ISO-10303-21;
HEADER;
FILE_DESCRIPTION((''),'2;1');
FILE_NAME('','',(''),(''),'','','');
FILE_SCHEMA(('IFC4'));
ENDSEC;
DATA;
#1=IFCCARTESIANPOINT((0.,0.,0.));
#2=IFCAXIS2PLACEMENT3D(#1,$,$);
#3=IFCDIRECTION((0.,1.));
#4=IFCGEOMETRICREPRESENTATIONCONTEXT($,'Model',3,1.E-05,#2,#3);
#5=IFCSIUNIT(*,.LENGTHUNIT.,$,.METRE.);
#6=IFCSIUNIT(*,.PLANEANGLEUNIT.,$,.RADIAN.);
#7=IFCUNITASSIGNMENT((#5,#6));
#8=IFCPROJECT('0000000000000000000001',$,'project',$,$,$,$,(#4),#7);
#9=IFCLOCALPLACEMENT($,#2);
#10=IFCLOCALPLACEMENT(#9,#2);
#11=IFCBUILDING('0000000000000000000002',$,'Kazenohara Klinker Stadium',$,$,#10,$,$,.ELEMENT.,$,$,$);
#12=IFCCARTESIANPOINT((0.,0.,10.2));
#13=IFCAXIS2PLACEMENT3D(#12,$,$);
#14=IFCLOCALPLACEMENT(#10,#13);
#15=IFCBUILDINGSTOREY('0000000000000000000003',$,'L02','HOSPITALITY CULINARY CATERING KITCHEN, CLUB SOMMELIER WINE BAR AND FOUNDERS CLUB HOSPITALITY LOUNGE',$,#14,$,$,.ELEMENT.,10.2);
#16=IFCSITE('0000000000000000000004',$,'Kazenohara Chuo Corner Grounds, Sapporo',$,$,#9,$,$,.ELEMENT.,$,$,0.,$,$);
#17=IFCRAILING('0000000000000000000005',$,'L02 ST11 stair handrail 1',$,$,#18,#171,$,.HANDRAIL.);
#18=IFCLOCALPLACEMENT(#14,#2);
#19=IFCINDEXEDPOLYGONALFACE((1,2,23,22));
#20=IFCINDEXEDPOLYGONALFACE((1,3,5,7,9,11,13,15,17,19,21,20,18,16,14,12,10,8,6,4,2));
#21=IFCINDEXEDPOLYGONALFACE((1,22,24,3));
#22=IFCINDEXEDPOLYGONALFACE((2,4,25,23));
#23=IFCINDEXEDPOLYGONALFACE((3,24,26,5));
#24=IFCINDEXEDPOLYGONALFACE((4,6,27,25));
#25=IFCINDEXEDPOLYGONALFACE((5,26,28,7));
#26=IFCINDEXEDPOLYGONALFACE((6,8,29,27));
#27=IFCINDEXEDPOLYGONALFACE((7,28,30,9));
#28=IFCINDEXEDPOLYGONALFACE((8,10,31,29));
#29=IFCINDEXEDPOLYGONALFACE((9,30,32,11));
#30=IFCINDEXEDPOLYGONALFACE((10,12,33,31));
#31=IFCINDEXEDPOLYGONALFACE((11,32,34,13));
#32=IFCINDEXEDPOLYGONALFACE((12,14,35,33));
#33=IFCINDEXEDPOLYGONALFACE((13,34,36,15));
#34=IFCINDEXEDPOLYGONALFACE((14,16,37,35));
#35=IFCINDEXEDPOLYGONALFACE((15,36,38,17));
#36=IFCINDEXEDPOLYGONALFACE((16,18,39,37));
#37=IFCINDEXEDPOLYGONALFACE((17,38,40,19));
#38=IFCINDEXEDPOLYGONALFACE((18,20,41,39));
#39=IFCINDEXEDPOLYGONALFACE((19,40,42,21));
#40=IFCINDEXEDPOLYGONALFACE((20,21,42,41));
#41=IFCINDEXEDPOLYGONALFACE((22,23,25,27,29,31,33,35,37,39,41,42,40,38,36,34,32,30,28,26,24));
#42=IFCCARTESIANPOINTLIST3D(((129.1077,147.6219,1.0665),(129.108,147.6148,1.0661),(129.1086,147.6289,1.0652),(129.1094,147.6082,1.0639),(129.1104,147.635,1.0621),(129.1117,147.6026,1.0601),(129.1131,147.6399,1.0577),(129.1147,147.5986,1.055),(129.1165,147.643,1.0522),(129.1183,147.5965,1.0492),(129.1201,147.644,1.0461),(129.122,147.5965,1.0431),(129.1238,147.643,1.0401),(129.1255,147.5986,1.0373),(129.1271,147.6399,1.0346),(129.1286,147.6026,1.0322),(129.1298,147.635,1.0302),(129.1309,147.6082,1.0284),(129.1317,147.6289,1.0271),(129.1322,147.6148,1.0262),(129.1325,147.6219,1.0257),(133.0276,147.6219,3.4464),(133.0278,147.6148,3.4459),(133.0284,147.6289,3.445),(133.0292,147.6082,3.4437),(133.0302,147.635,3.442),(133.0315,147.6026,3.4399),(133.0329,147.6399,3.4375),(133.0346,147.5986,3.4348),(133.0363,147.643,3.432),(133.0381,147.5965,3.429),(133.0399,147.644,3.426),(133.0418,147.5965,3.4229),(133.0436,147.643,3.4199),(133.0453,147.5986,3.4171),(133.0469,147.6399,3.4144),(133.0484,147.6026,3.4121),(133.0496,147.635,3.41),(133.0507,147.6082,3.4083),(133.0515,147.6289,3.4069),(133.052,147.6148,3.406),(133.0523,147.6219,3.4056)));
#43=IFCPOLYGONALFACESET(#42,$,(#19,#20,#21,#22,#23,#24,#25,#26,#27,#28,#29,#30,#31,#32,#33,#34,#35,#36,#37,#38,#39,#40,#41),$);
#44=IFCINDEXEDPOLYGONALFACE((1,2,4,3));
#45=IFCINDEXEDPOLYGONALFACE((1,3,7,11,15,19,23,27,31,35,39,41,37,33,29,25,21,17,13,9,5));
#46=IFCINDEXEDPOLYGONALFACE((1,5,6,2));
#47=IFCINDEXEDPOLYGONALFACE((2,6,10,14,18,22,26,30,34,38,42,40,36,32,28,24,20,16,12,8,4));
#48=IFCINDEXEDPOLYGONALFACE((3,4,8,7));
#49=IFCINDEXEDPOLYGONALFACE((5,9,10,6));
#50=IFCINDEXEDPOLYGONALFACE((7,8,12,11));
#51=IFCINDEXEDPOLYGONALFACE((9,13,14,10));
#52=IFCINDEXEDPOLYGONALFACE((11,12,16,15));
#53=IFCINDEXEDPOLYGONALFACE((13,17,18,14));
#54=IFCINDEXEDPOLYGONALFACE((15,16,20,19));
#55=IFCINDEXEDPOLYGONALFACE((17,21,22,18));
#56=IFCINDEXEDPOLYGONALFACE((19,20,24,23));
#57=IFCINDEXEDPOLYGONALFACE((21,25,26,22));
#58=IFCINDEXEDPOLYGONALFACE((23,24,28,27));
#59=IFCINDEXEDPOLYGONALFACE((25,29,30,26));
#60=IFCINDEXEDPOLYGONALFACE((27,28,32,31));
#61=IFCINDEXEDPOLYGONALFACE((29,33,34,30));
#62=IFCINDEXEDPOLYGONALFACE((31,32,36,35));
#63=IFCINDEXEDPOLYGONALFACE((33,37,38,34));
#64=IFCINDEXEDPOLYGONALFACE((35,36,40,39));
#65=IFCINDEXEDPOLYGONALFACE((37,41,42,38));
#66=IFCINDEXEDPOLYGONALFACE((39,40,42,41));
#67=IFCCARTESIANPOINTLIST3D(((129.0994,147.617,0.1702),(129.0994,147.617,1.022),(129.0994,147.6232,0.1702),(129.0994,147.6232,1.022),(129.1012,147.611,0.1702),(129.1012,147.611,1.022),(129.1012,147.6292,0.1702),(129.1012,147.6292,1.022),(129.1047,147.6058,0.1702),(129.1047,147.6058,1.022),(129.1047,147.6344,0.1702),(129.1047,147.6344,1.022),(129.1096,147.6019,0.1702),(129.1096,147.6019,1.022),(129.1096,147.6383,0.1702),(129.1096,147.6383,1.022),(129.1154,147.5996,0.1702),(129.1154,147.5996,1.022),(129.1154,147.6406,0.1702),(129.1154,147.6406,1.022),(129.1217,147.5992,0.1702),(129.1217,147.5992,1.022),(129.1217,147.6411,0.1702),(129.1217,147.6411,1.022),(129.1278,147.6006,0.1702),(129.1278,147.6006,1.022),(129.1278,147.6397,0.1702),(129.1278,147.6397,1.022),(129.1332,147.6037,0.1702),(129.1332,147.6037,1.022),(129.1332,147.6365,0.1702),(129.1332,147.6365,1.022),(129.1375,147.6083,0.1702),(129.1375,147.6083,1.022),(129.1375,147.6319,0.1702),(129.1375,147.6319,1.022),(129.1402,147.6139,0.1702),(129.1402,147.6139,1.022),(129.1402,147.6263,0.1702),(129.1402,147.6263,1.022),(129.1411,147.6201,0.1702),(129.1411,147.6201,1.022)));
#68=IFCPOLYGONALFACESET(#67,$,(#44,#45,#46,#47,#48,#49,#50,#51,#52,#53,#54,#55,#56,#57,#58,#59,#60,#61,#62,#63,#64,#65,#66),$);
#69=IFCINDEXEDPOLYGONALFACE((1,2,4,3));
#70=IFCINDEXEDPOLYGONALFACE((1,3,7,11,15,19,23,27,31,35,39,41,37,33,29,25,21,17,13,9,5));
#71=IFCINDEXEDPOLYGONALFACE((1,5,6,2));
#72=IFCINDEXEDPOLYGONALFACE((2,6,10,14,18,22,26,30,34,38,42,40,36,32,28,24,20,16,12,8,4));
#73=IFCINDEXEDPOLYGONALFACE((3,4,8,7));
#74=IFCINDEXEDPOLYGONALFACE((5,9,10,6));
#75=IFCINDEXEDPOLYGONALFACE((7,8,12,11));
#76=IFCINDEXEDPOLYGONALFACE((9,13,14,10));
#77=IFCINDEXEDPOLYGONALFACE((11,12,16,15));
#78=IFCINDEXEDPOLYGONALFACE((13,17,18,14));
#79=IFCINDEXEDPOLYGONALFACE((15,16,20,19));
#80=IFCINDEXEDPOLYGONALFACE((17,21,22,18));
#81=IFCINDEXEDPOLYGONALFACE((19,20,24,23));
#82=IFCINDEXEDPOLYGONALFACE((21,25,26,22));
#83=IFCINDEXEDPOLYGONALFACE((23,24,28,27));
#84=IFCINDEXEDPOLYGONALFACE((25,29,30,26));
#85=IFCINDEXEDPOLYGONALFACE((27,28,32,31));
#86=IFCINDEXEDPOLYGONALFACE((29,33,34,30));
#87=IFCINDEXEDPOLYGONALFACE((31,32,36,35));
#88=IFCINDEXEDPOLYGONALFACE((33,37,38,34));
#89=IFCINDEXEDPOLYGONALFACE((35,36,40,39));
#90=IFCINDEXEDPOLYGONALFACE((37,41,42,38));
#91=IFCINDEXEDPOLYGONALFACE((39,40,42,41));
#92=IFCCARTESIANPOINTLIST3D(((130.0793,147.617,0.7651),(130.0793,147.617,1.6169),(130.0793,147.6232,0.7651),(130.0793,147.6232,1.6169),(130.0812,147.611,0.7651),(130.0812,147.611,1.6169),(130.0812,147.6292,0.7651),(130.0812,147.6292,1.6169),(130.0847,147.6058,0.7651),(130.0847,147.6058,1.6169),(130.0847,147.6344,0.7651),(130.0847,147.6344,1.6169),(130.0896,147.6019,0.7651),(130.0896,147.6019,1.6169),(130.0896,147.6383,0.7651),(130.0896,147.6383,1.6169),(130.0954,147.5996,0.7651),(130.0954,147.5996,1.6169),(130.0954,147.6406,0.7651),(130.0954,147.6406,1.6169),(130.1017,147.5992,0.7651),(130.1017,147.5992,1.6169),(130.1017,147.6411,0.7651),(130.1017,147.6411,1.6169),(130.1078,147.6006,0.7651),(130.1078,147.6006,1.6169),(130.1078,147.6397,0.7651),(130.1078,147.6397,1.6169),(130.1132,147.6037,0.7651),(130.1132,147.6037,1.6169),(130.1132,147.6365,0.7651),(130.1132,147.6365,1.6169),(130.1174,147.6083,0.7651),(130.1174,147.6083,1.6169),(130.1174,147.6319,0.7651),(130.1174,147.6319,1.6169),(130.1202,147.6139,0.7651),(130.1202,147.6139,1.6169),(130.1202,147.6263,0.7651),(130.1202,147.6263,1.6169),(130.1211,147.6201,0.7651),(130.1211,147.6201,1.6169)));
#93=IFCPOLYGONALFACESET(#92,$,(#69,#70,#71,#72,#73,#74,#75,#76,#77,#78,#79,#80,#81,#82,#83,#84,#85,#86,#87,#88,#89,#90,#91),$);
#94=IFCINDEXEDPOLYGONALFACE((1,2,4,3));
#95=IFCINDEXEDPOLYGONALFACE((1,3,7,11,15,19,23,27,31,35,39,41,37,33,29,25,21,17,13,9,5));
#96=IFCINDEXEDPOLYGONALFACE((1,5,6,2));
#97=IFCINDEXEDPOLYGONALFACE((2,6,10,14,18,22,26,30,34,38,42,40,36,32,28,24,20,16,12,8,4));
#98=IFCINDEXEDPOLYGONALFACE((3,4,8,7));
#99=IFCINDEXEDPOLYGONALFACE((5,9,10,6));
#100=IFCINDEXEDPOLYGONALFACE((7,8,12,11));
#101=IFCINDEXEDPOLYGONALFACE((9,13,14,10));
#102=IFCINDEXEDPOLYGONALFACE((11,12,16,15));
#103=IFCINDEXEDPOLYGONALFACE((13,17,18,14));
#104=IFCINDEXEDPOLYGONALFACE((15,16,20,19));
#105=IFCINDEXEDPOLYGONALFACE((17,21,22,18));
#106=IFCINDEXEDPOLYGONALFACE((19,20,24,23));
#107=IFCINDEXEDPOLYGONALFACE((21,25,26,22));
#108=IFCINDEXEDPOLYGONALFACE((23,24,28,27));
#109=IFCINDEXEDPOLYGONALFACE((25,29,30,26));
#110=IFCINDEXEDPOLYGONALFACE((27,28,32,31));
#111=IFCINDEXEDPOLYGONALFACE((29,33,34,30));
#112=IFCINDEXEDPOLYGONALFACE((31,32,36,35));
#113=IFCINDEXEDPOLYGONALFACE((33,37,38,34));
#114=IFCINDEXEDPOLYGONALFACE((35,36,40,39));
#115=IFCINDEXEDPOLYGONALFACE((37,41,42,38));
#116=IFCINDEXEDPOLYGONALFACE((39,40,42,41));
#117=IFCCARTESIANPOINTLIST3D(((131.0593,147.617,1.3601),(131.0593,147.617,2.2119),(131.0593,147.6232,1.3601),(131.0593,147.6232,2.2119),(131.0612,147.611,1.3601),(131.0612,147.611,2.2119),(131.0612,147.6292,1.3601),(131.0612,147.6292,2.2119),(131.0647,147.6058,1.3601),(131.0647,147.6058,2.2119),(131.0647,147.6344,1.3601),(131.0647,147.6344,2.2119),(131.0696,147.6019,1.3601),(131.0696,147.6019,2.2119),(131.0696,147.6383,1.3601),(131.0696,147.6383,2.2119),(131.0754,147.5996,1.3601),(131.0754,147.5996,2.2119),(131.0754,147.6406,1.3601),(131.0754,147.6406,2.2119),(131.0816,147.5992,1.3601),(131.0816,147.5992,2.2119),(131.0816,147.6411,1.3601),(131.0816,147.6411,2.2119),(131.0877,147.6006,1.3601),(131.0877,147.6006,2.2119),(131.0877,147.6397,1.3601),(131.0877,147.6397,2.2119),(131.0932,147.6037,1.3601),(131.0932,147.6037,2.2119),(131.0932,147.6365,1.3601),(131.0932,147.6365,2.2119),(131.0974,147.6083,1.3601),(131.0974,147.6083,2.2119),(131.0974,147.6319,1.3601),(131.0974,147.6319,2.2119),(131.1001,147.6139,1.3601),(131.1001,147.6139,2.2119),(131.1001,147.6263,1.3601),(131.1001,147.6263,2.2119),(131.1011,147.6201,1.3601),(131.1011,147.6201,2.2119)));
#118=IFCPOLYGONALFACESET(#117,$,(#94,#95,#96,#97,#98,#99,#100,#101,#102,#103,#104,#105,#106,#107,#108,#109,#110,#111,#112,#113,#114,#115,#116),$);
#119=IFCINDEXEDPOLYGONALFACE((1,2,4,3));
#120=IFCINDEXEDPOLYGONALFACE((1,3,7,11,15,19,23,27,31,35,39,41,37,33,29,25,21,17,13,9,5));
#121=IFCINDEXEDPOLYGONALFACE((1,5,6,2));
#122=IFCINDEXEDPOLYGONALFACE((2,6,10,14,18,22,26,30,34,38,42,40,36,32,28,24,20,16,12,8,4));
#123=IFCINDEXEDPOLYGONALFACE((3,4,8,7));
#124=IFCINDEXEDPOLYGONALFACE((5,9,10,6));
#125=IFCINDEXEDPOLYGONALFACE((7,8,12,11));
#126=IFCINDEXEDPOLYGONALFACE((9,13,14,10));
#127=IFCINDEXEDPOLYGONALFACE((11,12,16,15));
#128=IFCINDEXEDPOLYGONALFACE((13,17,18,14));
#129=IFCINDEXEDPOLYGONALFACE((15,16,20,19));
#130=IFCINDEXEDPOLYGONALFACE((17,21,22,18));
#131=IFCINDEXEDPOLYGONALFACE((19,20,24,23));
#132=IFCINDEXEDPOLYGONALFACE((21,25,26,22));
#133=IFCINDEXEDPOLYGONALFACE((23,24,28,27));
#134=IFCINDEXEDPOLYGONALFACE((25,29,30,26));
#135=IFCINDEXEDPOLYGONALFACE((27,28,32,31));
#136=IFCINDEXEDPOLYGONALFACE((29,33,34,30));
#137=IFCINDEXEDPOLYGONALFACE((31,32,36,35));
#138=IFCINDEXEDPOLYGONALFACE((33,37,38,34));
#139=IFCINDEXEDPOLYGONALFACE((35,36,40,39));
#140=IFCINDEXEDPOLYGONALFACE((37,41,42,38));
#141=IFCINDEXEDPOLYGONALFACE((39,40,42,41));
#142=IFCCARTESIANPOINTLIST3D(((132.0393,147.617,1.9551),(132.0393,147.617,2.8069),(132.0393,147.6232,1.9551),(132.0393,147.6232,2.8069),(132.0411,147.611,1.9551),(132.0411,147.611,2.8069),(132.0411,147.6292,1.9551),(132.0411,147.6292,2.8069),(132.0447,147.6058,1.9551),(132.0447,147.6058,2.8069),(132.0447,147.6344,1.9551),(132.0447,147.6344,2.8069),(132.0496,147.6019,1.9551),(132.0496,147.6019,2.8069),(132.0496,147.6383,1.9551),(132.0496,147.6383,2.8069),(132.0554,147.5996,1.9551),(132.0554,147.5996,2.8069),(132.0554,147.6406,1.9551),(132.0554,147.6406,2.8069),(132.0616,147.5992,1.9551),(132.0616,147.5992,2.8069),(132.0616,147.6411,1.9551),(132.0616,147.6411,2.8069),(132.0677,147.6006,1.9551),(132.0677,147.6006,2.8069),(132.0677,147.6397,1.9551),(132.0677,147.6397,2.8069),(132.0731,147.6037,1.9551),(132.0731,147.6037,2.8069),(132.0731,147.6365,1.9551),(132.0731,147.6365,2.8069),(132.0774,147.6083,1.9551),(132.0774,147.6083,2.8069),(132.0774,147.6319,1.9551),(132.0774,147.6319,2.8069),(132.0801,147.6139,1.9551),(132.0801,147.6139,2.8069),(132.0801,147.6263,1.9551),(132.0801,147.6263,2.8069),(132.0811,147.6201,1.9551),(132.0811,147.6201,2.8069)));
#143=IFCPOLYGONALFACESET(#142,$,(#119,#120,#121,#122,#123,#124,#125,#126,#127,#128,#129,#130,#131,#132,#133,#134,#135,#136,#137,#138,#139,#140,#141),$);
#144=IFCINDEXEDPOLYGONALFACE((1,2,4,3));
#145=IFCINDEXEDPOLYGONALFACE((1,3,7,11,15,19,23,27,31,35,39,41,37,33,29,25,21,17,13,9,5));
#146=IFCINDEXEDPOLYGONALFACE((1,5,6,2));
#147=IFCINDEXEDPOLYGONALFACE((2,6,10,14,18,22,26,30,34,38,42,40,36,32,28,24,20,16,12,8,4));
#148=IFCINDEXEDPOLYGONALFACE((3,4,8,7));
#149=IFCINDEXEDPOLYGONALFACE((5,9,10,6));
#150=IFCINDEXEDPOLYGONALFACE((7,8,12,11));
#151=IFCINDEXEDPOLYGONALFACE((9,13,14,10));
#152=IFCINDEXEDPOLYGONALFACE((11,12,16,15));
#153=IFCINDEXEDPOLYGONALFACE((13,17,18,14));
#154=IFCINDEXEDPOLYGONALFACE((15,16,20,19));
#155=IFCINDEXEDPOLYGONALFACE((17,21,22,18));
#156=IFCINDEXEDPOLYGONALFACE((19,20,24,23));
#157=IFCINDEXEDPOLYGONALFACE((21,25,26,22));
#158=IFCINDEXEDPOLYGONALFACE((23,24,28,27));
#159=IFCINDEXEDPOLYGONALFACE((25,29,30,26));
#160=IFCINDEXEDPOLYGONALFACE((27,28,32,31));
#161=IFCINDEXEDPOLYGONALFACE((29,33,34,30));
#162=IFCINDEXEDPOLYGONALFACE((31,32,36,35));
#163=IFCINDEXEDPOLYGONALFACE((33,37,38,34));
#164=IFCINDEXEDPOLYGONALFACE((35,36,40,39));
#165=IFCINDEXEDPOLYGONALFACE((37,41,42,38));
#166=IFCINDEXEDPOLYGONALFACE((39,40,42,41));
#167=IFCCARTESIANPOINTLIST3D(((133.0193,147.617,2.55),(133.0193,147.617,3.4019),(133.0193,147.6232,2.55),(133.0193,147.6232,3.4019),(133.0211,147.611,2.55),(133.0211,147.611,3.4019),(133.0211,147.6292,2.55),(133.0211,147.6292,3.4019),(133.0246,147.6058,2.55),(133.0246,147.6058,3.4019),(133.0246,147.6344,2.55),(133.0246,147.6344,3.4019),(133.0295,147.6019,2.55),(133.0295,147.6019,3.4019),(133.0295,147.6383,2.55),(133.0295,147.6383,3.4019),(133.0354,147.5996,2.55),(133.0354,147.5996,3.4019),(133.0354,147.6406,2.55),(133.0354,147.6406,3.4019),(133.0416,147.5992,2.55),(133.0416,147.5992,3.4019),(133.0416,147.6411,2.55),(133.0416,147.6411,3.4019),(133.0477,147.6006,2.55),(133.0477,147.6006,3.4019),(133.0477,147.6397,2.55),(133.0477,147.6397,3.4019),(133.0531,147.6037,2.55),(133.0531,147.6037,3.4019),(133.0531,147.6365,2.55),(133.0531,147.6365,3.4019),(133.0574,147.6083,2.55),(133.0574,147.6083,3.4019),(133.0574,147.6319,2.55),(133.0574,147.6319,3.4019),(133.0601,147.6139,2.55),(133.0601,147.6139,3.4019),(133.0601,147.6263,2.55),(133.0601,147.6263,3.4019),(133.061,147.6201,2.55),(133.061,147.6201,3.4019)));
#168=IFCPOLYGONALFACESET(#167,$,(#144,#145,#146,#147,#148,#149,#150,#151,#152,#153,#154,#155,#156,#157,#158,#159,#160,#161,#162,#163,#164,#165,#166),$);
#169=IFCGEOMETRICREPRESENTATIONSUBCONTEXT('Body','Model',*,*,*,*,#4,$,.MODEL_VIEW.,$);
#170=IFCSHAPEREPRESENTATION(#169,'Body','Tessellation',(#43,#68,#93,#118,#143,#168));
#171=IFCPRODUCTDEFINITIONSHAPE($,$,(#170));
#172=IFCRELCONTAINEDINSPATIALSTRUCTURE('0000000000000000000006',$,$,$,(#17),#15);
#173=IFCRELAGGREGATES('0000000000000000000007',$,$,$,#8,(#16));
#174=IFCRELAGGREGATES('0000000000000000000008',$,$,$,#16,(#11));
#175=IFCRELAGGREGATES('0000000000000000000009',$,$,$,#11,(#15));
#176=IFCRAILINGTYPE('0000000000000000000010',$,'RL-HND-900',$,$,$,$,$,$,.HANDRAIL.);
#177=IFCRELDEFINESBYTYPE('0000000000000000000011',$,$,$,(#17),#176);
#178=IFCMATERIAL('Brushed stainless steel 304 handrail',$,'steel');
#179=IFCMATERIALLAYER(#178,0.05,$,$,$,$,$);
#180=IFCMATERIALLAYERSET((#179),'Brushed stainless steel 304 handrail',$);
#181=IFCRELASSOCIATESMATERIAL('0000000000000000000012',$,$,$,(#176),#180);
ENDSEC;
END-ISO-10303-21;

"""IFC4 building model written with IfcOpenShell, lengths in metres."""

from ifc_helpers import new_model, si_unit, direction, frame, origin, origin_2d, place, context, subcontext, project, spatial, circle, extrude, material, layer, layer_set, type_object, element, save


model = new_model("IFC4")

# Units and contexts
model_context = context("Model", 3, precision=1e-05, world=origin(), true_north=direction((0.0, 1.0)))
body_context = subcontext(model_context, "Body", "Model", "MODEL_VIEW")
ifc_project = project(units=[si_unit("LENGTHUNIT", "METRE"), si_unit("PLANEANGLEUNIT", "RADIAN")], contexts=[model_context])

# Site, building, storey
site_placement = place(None, origin())
site = spatial("IfcSite", under=ifc_project, at=site_placement, Name="Kazenohara Chuo Corner Grounds, Sapporo", CompositionType="ELEMENT", RefElevation=0.0)
building_placement = place(site_placement, origin())
building = spatial("IfcBuilding", under=site, at=building_placement, Name="Kazenohara Klinker Stadium", CompositionType="ELEMENT")
storey_placement = place(building_placement, frame((0.0, 0.0, 10.2)))
storey = spatial("IfcBuildingStorey", under=building, at=storey_placement, Name="L02", Description="HOSPITALITY CULINARY CATERING KITCHEN, CLUB SOMMELIER WINE BAR AND FOUNDERS CLUB HOSPITALITY LOUNGE", CompositionType="ELEMENT", Elevation=10.2)

# Railing
ifc_material_1 = material(Name="Brushed stainless steel 304 handrail", Category="steel")
ifc_layer_1 = layer(ifc_material_1, 0.05)
ifc_layer_set_1 = layer_set([ifc_layer_1], Name="Brushed stainless steel 304 handrail")
railing_type_1 = type_object("IfcRailingType", Name="RL-HND-900", PredefinedType="HANDRAIL", material=ifc_layer_set_1)
railing_1_placement = place(storey_placement, frame((129.1201, 147.6201, 0.1702)))
element("IfcRailing", 1, at=railing_1_placement, inside=storey, type_object=railing_type_1, Name="L02 ST11 stair handrail 1", PredefinedType="HANDRAIL", context=body_context, shape_type="SweptSolid", body=[
    extrude(circle(Radius=0.0239, at=origin_2d()), frame((0.0, 0.0, 0.876), z_axis=(0.854794, 0.0, 0.518967), x_axis=(0.0, 1.0, 0.0)), (0.0, 0.0, 1.0), 4.5857),
    extrude(circle(Radius=0.021, at=origin_2d()), origin(), (0.0, 0.0, 1.0), 0.8518),
    extrude(circle(Radius=0.021, at=origin_2d()), frame((0.98, 0.0, 0.595)), (0.0, 0.0, 1.0), 0.8518),
    extrude(circle(Radius=0.021, at=origin_2d()), frame((1.96, 0.0, 1.1899)), (0.0, 0.0, 1.0), 0.8518),
    extrude(circle(Radius=0.021, at=origin_2d()), frame((2.9399, 0.0, 1.7849)), (0.0, 0.0, 1.0), 0.8518),
    extrude(circle(Radius=0.021, at=origin_2d()), frame((3.9199, 0.0, 2.3799)), (0.0, 0.0, 1.0), 0.8518),
])

save(model, "model.ifc")
